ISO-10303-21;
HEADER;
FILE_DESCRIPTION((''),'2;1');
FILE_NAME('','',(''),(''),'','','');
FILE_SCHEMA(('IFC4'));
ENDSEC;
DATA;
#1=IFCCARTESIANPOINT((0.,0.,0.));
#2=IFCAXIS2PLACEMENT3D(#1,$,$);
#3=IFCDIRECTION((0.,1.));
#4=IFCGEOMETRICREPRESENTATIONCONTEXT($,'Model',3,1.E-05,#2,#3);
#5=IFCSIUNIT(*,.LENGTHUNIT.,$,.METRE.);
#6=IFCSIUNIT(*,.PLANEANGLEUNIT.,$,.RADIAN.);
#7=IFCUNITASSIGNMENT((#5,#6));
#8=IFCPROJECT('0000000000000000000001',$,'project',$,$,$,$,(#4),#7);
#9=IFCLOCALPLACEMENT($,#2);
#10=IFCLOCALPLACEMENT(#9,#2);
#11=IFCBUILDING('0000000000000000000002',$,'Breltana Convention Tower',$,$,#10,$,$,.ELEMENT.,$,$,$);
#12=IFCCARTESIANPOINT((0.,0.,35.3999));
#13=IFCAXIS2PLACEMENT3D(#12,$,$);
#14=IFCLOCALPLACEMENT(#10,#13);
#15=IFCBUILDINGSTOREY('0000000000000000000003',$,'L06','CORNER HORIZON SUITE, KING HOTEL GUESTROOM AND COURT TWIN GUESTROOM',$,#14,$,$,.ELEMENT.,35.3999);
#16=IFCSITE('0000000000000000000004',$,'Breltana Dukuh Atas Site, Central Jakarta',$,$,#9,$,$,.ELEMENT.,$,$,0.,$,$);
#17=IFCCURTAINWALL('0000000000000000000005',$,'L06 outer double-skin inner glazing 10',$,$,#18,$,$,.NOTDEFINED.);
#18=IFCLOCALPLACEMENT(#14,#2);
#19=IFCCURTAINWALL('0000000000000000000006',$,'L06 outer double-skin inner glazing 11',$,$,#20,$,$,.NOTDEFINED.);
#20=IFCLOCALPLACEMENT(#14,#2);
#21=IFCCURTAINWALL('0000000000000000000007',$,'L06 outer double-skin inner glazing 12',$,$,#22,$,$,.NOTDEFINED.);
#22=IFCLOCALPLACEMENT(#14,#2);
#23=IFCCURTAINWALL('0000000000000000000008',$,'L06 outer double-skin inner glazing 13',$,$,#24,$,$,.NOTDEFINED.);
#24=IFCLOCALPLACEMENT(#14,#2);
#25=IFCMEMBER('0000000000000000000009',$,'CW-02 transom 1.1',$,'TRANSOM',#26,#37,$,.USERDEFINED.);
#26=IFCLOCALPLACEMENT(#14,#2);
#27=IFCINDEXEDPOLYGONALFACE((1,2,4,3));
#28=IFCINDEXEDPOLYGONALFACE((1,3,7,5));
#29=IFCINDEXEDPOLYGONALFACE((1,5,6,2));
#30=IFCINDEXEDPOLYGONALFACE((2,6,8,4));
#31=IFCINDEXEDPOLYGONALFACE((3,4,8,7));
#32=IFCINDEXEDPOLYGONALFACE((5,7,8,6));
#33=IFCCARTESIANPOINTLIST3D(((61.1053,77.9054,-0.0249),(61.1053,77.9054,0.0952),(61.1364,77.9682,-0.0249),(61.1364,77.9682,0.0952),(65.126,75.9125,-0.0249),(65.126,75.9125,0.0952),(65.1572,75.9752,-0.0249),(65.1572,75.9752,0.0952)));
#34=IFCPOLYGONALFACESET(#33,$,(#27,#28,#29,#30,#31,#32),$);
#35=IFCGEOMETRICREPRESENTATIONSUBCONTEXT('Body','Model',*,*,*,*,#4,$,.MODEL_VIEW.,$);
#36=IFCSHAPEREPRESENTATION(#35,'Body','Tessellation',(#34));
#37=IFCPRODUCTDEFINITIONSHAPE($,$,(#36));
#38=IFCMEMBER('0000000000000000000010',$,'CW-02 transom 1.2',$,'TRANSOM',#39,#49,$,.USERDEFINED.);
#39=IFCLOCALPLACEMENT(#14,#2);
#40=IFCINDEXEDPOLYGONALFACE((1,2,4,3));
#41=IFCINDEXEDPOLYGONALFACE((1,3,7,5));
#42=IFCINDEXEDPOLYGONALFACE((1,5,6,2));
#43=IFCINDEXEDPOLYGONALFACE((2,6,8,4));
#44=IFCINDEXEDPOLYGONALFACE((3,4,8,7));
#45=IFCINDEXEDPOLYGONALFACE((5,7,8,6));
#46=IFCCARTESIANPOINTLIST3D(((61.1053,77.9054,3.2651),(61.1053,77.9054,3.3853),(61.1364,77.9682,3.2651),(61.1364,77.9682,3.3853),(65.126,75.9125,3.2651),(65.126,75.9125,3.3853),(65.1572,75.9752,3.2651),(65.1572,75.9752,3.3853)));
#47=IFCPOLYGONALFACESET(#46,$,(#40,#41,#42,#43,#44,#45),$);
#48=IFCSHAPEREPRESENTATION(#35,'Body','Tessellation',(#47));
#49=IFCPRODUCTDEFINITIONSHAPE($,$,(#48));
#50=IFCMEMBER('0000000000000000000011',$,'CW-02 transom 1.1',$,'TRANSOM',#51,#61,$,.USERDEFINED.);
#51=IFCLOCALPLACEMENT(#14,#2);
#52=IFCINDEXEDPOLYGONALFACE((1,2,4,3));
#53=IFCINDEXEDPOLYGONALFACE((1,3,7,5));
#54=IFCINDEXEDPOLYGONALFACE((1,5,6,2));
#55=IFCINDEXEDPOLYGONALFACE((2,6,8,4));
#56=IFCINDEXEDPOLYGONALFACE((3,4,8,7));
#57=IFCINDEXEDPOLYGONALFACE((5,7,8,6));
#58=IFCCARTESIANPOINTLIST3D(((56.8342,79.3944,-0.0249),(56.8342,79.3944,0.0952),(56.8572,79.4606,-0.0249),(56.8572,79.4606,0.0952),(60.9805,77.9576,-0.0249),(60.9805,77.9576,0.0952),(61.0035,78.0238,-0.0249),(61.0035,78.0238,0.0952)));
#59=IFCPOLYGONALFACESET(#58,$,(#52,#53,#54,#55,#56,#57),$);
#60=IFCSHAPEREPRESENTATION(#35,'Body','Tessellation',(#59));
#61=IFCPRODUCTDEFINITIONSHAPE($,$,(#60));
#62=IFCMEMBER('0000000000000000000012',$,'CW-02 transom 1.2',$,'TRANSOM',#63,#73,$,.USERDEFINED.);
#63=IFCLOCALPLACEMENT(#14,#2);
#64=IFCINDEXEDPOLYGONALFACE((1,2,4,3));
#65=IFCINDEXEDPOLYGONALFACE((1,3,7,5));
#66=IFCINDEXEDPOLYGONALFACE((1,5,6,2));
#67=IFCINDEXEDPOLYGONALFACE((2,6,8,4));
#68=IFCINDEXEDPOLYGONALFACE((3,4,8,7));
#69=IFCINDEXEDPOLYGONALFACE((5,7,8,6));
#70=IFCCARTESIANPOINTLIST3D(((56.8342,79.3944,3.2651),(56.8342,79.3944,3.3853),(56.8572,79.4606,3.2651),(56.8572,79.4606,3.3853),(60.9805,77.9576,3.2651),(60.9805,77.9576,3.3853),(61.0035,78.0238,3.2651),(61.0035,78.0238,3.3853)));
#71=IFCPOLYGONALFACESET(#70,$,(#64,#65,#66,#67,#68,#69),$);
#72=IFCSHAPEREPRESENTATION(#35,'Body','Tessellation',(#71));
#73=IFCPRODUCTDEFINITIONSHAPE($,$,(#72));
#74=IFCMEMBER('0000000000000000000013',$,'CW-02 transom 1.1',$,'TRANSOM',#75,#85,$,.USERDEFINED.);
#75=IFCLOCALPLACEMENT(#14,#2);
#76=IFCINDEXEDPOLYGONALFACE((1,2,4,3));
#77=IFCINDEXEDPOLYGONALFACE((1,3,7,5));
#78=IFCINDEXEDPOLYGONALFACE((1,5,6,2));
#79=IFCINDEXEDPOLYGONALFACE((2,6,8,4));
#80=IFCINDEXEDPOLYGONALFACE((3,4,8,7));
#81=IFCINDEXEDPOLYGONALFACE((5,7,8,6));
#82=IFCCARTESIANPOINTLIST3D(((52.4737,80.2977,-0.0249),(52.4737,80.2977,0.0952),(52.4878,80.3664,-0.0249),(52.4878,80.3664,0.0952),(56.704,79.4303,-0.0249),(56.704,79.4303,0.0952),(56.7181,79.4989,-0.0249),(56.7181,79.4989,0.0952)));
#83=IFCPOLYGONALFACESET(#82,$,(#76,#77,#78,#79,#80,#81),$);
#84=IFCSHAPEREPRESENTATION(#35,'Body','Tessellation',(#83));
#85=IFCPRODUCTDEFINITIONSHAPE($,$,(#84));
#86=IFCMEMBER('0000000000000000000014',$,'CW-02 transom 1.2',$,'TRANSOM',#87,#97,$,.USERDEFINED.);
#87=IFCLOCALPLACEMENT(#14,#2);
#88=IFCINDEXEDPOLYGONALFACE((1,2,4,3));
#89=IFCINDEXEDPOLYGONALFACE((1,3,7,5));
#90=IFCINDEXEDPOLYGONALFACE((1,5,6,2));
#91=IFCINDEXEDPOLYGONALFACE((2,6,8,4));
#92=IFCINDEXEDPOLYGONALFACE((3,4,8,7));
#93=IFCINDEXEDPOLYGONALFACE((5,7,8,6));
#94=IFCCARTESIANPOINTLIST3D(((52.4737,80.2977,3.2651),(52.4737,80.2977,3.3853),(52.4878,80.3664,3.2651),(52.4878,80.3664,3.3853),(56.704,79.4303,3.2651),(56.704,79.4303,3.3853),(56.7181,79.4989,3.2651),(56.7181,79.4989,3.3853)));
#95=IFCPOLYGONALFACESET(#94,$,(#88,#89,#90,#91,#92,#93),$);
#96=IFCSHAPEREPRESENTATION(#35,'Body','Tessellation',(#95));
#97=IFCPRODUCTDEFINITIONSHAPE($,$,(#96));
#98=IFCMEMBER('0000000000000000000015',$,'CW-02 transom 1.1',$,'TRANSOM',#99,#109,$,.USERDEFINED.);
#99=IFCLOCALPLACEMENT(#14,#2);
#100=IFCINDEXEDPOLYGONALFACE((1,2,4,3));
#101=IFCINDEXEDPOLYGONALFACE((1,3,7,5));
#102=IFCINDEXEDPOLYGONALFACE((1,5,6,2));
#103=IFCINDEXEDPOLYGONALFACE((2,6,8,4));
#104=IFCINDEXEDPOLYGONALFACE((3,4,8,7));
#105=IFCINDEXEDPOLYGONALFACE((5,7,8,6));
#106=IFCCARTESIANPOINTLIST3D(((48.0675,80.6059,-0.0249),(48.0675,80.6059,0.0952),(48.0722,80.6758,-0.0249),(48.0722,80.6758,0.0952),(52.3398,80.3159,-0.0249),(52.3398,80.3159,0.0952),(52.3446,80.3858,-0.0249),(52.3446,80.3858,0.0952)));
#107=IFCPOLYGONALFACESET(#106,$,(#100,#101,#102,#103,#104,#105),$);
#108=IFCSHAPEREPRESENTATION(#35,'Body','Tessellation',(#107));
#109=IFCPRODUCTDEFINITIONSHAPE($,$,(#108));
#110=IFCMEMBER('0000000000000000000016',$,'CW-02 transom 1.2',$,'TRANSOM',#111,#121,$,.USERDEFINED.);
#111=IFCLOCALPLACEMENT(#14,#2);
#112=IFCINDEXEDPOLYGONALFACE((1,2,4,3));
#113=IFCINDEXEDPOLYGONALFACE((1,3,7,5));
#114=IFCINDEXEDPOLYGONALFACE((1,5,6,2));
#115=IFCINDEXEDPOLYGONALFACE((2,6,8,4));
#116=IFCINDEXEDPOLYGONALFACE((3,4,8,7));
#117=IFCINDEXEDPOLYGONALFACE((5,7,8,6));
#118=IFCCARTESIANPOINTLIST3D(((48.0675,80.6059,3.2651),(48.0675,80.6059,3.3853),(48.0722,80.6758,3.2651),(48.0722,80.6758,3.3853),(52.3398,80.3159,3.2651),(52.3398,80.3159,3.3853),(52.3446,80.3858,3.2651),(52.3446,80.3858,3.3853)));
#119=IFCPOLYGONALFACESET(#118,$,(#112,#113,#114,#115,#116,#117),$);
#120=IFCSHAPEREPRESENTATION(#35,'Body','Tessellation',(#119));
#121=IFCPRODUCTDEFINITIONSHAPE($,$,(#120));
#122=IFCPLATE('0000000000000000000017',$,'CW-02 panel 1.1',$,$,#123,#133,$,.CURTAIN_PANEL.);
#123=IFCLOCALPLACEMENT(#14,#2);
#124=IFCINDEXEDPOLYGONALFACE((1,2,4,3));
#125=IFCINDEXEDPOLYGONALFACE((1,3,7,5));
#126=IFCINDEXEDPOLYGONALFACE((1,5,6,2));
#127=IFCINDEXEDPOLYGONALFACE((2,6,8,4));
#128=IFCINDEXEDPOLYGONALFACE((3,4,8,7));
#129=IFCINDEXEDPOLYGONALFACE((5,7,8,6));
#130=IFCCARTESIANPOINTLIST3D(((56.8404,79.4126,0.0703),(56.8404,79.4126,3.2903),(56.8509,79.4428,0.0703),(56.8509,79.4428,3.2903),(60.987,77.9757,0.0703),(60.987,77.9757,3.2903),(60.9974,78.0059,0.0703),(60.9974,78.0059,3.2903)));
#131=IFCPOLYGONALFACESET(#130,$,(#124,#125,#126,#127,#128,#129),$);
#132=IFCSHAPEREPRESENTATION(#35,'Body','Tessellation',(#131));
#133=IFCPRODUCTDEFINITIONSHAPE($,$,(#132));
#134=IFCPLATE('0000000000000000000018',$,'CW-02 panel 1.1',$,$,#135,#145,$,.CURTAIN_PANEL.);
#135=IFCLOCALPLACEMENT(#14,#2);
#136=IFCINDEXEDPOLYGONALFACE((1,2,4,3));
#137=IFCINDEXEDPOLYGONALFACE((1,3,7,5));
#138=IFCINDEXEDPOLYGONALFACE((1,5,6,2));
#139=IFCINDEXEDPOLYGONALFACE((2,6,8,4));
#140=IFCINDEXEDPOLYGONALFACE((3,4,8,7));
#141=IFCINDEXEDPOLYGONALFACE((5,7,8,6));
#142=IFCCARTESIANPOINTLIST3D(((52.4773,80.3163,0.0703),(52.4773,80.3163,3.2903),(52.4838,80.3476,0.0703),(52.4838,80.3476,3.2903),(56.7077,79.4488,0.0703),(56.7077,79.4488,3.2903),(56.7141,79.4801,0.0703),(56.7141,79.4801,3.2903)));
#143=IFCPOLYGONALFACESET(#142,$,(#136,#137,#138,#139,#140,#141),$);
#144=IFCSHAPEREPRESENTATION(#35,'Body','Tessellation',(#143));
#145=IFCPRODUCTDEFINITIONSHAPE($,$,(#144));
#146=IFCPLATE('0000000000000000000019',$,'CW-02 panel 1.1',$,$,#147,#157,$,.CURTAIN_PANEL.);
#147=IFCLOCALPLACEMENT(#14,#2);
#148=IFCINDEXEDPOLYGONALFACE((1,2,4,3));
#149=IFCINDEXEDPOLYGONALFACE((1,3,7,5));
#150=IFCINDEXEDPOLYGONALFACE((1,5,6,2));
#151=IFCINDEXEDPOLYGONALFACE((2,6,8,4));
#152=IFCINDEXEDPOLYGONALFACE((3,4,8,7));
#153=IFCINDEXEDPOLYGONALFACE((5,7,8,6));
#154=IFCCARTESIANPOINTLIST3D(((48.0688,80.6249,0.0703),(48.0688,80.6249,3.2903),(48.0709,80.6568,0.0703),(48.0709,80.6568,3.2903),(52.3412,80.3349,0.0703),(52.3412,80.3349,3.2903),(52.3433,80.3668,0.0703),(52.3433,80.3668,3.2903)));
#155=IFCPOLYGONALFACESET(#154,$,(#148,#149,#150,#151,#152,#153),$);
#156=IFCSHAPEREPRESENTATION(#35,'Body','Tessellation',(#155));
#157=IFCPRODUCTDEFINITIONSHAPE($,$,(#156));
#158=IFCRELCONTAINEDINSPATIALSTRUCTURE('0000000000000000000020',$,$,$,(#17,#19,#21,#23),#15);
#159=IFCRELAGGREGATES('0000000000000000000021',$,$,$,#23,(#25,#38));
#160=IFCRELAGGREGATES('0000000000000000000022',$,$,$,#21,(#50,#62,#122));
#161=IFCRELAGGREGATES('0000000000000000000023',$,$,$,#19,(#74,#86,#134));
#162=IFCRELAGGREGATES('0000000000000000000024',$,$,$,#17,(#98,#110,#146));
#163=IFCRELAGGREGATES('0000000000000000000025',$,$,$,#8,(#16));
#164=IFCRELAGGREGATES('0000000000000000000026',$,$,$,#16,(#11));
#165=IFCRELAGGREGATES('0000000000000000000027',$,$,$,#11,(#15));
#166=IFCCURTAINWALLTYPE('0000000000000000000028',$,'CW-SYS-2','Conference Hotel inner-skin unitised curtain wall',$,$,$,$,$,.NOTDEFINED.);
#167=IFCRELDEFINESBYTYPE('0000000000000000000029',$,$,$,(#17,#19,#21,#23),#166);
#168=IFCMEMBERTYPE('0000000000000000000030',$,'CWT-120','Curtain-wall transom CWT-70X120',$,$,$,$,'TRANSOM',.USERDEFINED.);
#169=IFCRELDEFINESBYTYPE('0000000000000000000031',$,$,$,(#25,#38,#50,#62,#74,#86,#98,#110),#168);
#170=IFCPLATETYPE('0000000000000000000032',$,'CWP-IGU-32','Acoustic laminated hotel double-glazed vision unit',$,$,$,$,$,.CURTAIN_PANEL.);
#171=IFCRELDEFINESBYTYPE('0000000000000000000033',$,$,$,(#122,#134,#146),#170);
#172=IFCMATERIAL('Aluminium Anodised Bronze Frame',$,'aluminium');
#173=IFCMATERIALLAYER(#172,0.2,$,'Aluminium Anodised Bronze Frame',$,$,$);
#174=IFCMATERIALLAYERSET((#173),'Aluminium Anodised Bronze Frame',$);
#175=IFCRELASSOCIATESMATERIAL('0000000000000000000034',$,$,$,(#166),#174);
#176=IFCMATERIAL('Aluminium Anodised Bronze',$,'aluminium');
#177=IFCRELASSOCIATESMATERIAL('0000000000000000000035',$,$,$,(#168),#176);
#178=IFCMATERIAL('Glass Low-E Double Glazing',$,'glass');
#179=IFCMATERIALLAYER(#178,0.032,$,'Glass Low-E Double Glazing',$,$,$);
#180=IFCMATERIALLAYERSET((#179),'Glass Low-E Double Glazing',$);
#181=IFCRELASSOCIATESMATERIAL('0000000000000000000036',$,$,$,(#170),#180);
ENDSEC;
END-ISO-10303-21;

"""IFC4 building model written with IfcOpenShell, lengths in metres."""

from ifc_helpers import new_model, si_unit, direction, frame, origin, origin_2d, place, context, subcontext, project, spatial, rectangle, extrude, source, transform, mapped, material, layer, layer_set, material_profile, profile_set, type_object, element, aggregate, save


model = new_model("IFC4")

# Units and contexts
model_context = context("Model", 3, precision=1e-05, world=origin(), true_north=direction((0.0, 1.0)))
body_context = subcontext(model_context, "Body", "Model", "MODEL_VIEW")
ifc_project = project(units=[si_unit("LENGTHUNIT", "METRE"), si_unit("PLANEANGLEUNIT", "RADIAN")], contexts=[model_context])

# Site, building, storey
site_placement = place(None, origin())
site = spatial("IfcSite", under=ifc_project, at=site_placement, Name="Breltana Dukuh Atas Site, Central Jakarta", CompositionType="ELEMENT", RefElevation=0.0)
building_placement = place(site_placement, origin())
building = spatial("IfcBuilding", under=site, at=building_placement, Name="Breltana Convention Tower", CompositionType="ELEMENT")
storey_placement = place(building_placement, frame((0.0, 0.0, 35.3999)))
storey = spatial("IfcBuildingStorey", under=building, at=storey_placement, Name="L06", Description="CORNER HORIZON SUITE, KING HOTEL GUESTROOM AND COURT TWIN GUESTROOM", CompositionType="ELEMENT", Elevation=35.3999)

# Curtain walls, members
ifc_material_1 = material(Name="Aluminium Anodised Bronze Frame", Category="aluminium")
ifc_layer_1 = layer(ifc_material_1, 0.2, Name="Aluminium Anodised Bronze Frame")
ifc_layer_set_1 = layer_set([ifc_layer_1], Name="Aluminium Anodised Bronze Frame")
curtain_wall_type = type_object("IfcCurtainWallType", Name="CW-SYS-2", Description="Conference Hotel inner-skin unitised curtain wall", PredefinedType="NOTDEFINED", material=ifc_layer_set_1)
curtain_wall_1_placement = place(storey_placement, origin())
curtain_wall_1 = element("IfcCurtainWall", 1, at=curtain_wall_1_placement, inside=storey, type_object=curtain_wall_type, Name="L06 outer double-skin inner glazing 10", PredefinedType="NOTDEFINED")
ifc_material_2 = material(Name="Aluminium Anodised Bronze", Category="aluminium")
curtain_wall_2_placement = place(storey_placement, origin())
curtain_wall_2 = element("IfcCurtainWall", 2, at=curtain_wall_2_placement, inside=storey, type_object=curtain_wall_type, Name="L06 outer double-skin inner glazing 11", PredefinedType="NOTDEFINED")
curtain_wall_3_placement = place(storey_placement, origin())
curtain_wall_3 = element("IfcCurtainWall", 3, at=curtain_wall_3_placement, inside=storey, type_object=curtain_wall_type, Name="L06 outer double-skin inner glazing 12", PredefinedType="NOTDEFINED")
curtain_wall_4_placement = place(storey_placement, origin())
curtain_wall_4 = element("IfcCurtainWall", 4, at=curtain_wall_4_placement, inside=storey, type_object=curtain_wall_type, Name="L06 outer double-skin inner glazing 13", PredefinedType="NOTDEFINED")
ifc_material_profile_1 = material_profile(ifc_material_2, rectangle(XDim=0.0701, YDim=0.1201, at=origin_2d()), Name="CWT-70X120")
ifc_profile_set_1 = profile_set([ifc_material_profile_1], Name="Aluminium Anodised Bronze")
member_type_1 = type_object("IfcMemberType", Name="CWT-120", Description="Curtain-wall transom CWT-70X120", ElementType="TRANSOM", PredefinedType="USERDEFINED", material=ifc_profile_set_1)
shared_shape_1 = source(origin(), body_context, "Body", "SweptSolid", [
    extrude(rectangle(XDim=0.0701, YDim=0.1201, at=origin_2d()), origin(), (0.0, 0.0, 1.0), 4.4875),
])
member_1_placement = place(storey_placement, frame((61.1208, 77.9368, 0.0352), z_axis=(0.895978, -0.444099, 0.0), x_axis=(0.444099, 0.895978, 0.0)))
member_1 = element("IfcMember", 5, at=member_1_placement, type_object=member_type_1, Name="CW-02 transom 1.1", ObjectType="TRANSOM", PredefinedType="USERDEFINED", context=body_context, shape_type="MappedRepresentation", body=[
    mapped(shared_shape_1, transform((0.0, 0.0, 0.0), scale=1.0)),
])
member_2_placement = place(storey_placement, frame((61.1208, 77.9368, 3.3252), z_axis=(0.895978, -0.444099, 0.0), x_axis=(0.444099, 0.895978, 0.0)))
member_2 = element("IfcMember", 6, at=member_2_placement, type_object=member_type_1, Name="CW-02 transom 1.2", ObjectType="TRANSOM", PredefinedType="USERDEFINED", context=body_context, shape_type="MappedRepresentation", body=[
    mapped(shared_shape_1, transform((0.0, 0.0, 0.0), scale=1.0)),
])
aggregate(curtain_wall_4, [member_1, member_2])

# Members
shared_shape_2 = source(origin(), body_context, "Body", "SweptSolid", [
    extrude(rectangle(XDim=0.0701, YDim=0.1201, at=origin_2d()), origin(), (0.0, 0.0, 1.0), 4.3882),
])
member_3_placement = place(storey_placement, frame((56.8457, 79.4275, 0.0352), z_axis=(0.944878, -0.327422, 0.0), x_axis=(0.327422, 0.944878, 0.0)))
member_3 = element("IfcMember", 7, at=member_3_placement, type_object=member_type_1, Name="CW-02 transom 1.1", ObjectType="TRANSOM", PredefinedType="USERDEFINED", context=body_context, shape_type="MappedRepresentation", body=[
    mapped(shared_shape_2, transform((0.0, 0.0, 0.0), scale=1.0)),
])
member_4_placement = place(storey_placement, frame((56.8457, 79.4275, 3.3252), z_axis=(0.944878, -0.327422, 0.0), x_axis=(0.327422, 0.944878, 0.0)))
member_4 = element("IfcMember", 8, at=member_4_placement, type_object=member_type_1, Name="CW-02 transom 1.2", ObjectType="TRANSOM", PredefinedType="USERDEFINED", context=body_context, shape_type="MappedRepresentation", body=[
    mapped(shared_shape_2, transform((0.0, 0.0, 0.0), scale=1.0)),
])
shared_shape_3 = source(origin(), body_context, "Body", "SweptSolid", [
    extrude(rectangle(XDim=0.0701, YDim=0.1201, at=origin_2d()), origin(), (0.0, 0.0, 1.0), 4.3184),
])
member_5_placement = place(storey_placement, frame((52.4807, 80.332, 0.0352), z_axis=(0.979617, -0.200876, 0.0), x_axis=(0.200876, 0.979617, 0.0)))
member_5 = element("IfcMember", 9, at=member_5_placement, type_object=member_type_1, Name="CW-02 transom 1.1", ObjectType="TRANSOM", PredefinedType="USERDEFINED", context=body_context, shape_type="MappedRepresentation", body=[
    mapped(shared_shape_3, transform((0.0, 0.0, 0.0), scale=1.0)),
])
member_6_placement = place(storey_placement, frame((52.4807, 80.332, 3.3252), z_axis=(0.979617, -0.200876, 0.0), x_axis=(0.200876, 0.979617, 0.0)))
member_6 = element("IfcMember", 10, at=member_6_placement, type_object=member_type_1, Name="CW-02 transom 1.2", ObjectType="TRANSOM", PredefinedType="USERDEFINED", context=body_context, shape_type="MappedRepresentation", body=[
    mapped(shared_shape_3, transform((0.0, 0.0, 0.0), scale=1.0)),
])
shared_shape_4 = source(origin(), body_context, "Body", "SweptSolid", [
    extrude(rectangle(XDim=0.0701, YDim=0.1201, at=origin_2d()), origin(), (0.0, 0.0, 1.0), 4.2822),
])
member_7_placement = place(storey_placement, frame((48.0698, 80.6409, 0.0352), z_axis=(0.997704, -0.06773, 0.0), x_axis=(0.06773, 0.997704, 0.0)))
member_7 = element("IfcMember", 11, at=member_7_placement, type_object=member_type_1, Name="CW-02 transom 1.1", ObjectType="TRANSOM", PredefinedType="USERDEFINED", context=body_context, shape_type="MappedRepresentation", body=[
    mapped(shared_shape_4, transform((0.0, 0.0, 0.0), scale=1.0)),
])
member_8_placement = place(storey_placement, frame((48.0698, 80.6409, 3.3252), z_axis=(0.997704, -0.06773, 0.0), x_axis=(0.06773, 0.997704, 0.0)))
member_8 = element("IfcMember", 12, at=member_8_placement, type_object=member_type_1, Name="CW-02 transom 1.2", ObjectType="TRANSOM", PredefinedType="USERDEFINED", context=body_context, shape_type="MappedRepresentation", body=[
    mapped(shared_shape_4, transform((0.0, 0.0, 0.0), scale=1.0)),
])

# Plates
ifc_material_3 = material(Name="Glass Low-E Double Glazing", Category="glass")
ifc_layer_2 = layer(ifc_material_3, 0.032, Name="Glass Low-E Double Glazing")
ifc_layer_set_2 = layer_set([ifc_layer_2], Name="Glass Low-E Double Glazing")
plate_type = type_object("IfcPlateType", Name="CWP-IGU-32", Description="Acoustic laminated hotel double-glazed vision unit", PredefinedType="CURTAIN_PANEL", material=ifc_layer_set_2)
shared_shape_5 = source(origin(), body_context, "Body", "SweptSolid", [
    extrude(rectangle(XDim=4.3884, YDim=0.032, at=origin_2d()), origin(), (0.0, 0.0, 1.0), 3.22),
])
plate_1_placement = place(storey_placement, frame((58.9189, 78.7092, 0.0703), z_axis=(0.0, 0.0, 1.0), x_axis=(0.944876, -0.327428, 0.0)))
plate_1 = element("IfcPlate", 13, at=plate_1_placement, type_object=plate_type, Name="CW-02 panel 1.1", PredefinedType="CURTAIN_PANEL", context=body_context, shape_type="MappedRepresentation", body=[
    mapped(shared_shape_5, transform((0.0, 0.0, 0.0), scale=1.0)),
])
aggregate(curtain_wall_3, [member_3, member_4, plate_1])
shared_shape_6 = source(origin(), body_context, "Body", "SweptSolid", [
    extrude(rectangle(XDim=4.3184, YDim=0.032, at=origin_2d()), origin(), (0.0, 0.0, 1.0), 3.22),
])
plate_2_placement = place(storey_placement, frame((54.5957, 79.8982, 0.0703), z_axis=(0.0, 0.0, 1.0), x_axis=(0.979615, -0.200885, 0.0)))
plate_2 = element("IfcPlate", 14, at=plate_2_placement, type_object=plate_type, Name="CW-02 panel 1.1", PredefinedType="CURTAIN_PANEL", context=body_context, shape_type="MappedRepresentation", body=[
    mapped(shared_shape_6, transform((0.0, 0.0, 0.0), scale=1.0)),
])
aggregate(curtain_wall_2, [member_5, member_6, plate_2])
shared_shape_7 = source(origin(), body_context, "Body", "SweptSolid", [
    extrude(rectangle(XDim=4.2822, YDim=0.032, at=origin_2d()), origin(), (0.0, 0.0, 1.0), 3.22),
])
plate_3_placement = place(storey_placement, frame((50.2061, 80.4958, 0.0703), z_axis=(0.0, 0.0, 1.0), x_axis=(0.997704, -0.067726, 0.0)))
plate_3 = element("IfcPlate", 15, at=plate_3_placement, type_object=plate_type, Name="CW-02 panel 1.1", PredefinedType="CURTAIN_PANEL", context=body_context, shape_type="MappedRepresentation", body=[
    mapped(shared_shape_7, transform((0.0, 0.0, 0.0), scale=1.0)),
])
aggregate(curtain_wall_1, [member_7, member_8, plate_3])

save(model, "model.ifc")
